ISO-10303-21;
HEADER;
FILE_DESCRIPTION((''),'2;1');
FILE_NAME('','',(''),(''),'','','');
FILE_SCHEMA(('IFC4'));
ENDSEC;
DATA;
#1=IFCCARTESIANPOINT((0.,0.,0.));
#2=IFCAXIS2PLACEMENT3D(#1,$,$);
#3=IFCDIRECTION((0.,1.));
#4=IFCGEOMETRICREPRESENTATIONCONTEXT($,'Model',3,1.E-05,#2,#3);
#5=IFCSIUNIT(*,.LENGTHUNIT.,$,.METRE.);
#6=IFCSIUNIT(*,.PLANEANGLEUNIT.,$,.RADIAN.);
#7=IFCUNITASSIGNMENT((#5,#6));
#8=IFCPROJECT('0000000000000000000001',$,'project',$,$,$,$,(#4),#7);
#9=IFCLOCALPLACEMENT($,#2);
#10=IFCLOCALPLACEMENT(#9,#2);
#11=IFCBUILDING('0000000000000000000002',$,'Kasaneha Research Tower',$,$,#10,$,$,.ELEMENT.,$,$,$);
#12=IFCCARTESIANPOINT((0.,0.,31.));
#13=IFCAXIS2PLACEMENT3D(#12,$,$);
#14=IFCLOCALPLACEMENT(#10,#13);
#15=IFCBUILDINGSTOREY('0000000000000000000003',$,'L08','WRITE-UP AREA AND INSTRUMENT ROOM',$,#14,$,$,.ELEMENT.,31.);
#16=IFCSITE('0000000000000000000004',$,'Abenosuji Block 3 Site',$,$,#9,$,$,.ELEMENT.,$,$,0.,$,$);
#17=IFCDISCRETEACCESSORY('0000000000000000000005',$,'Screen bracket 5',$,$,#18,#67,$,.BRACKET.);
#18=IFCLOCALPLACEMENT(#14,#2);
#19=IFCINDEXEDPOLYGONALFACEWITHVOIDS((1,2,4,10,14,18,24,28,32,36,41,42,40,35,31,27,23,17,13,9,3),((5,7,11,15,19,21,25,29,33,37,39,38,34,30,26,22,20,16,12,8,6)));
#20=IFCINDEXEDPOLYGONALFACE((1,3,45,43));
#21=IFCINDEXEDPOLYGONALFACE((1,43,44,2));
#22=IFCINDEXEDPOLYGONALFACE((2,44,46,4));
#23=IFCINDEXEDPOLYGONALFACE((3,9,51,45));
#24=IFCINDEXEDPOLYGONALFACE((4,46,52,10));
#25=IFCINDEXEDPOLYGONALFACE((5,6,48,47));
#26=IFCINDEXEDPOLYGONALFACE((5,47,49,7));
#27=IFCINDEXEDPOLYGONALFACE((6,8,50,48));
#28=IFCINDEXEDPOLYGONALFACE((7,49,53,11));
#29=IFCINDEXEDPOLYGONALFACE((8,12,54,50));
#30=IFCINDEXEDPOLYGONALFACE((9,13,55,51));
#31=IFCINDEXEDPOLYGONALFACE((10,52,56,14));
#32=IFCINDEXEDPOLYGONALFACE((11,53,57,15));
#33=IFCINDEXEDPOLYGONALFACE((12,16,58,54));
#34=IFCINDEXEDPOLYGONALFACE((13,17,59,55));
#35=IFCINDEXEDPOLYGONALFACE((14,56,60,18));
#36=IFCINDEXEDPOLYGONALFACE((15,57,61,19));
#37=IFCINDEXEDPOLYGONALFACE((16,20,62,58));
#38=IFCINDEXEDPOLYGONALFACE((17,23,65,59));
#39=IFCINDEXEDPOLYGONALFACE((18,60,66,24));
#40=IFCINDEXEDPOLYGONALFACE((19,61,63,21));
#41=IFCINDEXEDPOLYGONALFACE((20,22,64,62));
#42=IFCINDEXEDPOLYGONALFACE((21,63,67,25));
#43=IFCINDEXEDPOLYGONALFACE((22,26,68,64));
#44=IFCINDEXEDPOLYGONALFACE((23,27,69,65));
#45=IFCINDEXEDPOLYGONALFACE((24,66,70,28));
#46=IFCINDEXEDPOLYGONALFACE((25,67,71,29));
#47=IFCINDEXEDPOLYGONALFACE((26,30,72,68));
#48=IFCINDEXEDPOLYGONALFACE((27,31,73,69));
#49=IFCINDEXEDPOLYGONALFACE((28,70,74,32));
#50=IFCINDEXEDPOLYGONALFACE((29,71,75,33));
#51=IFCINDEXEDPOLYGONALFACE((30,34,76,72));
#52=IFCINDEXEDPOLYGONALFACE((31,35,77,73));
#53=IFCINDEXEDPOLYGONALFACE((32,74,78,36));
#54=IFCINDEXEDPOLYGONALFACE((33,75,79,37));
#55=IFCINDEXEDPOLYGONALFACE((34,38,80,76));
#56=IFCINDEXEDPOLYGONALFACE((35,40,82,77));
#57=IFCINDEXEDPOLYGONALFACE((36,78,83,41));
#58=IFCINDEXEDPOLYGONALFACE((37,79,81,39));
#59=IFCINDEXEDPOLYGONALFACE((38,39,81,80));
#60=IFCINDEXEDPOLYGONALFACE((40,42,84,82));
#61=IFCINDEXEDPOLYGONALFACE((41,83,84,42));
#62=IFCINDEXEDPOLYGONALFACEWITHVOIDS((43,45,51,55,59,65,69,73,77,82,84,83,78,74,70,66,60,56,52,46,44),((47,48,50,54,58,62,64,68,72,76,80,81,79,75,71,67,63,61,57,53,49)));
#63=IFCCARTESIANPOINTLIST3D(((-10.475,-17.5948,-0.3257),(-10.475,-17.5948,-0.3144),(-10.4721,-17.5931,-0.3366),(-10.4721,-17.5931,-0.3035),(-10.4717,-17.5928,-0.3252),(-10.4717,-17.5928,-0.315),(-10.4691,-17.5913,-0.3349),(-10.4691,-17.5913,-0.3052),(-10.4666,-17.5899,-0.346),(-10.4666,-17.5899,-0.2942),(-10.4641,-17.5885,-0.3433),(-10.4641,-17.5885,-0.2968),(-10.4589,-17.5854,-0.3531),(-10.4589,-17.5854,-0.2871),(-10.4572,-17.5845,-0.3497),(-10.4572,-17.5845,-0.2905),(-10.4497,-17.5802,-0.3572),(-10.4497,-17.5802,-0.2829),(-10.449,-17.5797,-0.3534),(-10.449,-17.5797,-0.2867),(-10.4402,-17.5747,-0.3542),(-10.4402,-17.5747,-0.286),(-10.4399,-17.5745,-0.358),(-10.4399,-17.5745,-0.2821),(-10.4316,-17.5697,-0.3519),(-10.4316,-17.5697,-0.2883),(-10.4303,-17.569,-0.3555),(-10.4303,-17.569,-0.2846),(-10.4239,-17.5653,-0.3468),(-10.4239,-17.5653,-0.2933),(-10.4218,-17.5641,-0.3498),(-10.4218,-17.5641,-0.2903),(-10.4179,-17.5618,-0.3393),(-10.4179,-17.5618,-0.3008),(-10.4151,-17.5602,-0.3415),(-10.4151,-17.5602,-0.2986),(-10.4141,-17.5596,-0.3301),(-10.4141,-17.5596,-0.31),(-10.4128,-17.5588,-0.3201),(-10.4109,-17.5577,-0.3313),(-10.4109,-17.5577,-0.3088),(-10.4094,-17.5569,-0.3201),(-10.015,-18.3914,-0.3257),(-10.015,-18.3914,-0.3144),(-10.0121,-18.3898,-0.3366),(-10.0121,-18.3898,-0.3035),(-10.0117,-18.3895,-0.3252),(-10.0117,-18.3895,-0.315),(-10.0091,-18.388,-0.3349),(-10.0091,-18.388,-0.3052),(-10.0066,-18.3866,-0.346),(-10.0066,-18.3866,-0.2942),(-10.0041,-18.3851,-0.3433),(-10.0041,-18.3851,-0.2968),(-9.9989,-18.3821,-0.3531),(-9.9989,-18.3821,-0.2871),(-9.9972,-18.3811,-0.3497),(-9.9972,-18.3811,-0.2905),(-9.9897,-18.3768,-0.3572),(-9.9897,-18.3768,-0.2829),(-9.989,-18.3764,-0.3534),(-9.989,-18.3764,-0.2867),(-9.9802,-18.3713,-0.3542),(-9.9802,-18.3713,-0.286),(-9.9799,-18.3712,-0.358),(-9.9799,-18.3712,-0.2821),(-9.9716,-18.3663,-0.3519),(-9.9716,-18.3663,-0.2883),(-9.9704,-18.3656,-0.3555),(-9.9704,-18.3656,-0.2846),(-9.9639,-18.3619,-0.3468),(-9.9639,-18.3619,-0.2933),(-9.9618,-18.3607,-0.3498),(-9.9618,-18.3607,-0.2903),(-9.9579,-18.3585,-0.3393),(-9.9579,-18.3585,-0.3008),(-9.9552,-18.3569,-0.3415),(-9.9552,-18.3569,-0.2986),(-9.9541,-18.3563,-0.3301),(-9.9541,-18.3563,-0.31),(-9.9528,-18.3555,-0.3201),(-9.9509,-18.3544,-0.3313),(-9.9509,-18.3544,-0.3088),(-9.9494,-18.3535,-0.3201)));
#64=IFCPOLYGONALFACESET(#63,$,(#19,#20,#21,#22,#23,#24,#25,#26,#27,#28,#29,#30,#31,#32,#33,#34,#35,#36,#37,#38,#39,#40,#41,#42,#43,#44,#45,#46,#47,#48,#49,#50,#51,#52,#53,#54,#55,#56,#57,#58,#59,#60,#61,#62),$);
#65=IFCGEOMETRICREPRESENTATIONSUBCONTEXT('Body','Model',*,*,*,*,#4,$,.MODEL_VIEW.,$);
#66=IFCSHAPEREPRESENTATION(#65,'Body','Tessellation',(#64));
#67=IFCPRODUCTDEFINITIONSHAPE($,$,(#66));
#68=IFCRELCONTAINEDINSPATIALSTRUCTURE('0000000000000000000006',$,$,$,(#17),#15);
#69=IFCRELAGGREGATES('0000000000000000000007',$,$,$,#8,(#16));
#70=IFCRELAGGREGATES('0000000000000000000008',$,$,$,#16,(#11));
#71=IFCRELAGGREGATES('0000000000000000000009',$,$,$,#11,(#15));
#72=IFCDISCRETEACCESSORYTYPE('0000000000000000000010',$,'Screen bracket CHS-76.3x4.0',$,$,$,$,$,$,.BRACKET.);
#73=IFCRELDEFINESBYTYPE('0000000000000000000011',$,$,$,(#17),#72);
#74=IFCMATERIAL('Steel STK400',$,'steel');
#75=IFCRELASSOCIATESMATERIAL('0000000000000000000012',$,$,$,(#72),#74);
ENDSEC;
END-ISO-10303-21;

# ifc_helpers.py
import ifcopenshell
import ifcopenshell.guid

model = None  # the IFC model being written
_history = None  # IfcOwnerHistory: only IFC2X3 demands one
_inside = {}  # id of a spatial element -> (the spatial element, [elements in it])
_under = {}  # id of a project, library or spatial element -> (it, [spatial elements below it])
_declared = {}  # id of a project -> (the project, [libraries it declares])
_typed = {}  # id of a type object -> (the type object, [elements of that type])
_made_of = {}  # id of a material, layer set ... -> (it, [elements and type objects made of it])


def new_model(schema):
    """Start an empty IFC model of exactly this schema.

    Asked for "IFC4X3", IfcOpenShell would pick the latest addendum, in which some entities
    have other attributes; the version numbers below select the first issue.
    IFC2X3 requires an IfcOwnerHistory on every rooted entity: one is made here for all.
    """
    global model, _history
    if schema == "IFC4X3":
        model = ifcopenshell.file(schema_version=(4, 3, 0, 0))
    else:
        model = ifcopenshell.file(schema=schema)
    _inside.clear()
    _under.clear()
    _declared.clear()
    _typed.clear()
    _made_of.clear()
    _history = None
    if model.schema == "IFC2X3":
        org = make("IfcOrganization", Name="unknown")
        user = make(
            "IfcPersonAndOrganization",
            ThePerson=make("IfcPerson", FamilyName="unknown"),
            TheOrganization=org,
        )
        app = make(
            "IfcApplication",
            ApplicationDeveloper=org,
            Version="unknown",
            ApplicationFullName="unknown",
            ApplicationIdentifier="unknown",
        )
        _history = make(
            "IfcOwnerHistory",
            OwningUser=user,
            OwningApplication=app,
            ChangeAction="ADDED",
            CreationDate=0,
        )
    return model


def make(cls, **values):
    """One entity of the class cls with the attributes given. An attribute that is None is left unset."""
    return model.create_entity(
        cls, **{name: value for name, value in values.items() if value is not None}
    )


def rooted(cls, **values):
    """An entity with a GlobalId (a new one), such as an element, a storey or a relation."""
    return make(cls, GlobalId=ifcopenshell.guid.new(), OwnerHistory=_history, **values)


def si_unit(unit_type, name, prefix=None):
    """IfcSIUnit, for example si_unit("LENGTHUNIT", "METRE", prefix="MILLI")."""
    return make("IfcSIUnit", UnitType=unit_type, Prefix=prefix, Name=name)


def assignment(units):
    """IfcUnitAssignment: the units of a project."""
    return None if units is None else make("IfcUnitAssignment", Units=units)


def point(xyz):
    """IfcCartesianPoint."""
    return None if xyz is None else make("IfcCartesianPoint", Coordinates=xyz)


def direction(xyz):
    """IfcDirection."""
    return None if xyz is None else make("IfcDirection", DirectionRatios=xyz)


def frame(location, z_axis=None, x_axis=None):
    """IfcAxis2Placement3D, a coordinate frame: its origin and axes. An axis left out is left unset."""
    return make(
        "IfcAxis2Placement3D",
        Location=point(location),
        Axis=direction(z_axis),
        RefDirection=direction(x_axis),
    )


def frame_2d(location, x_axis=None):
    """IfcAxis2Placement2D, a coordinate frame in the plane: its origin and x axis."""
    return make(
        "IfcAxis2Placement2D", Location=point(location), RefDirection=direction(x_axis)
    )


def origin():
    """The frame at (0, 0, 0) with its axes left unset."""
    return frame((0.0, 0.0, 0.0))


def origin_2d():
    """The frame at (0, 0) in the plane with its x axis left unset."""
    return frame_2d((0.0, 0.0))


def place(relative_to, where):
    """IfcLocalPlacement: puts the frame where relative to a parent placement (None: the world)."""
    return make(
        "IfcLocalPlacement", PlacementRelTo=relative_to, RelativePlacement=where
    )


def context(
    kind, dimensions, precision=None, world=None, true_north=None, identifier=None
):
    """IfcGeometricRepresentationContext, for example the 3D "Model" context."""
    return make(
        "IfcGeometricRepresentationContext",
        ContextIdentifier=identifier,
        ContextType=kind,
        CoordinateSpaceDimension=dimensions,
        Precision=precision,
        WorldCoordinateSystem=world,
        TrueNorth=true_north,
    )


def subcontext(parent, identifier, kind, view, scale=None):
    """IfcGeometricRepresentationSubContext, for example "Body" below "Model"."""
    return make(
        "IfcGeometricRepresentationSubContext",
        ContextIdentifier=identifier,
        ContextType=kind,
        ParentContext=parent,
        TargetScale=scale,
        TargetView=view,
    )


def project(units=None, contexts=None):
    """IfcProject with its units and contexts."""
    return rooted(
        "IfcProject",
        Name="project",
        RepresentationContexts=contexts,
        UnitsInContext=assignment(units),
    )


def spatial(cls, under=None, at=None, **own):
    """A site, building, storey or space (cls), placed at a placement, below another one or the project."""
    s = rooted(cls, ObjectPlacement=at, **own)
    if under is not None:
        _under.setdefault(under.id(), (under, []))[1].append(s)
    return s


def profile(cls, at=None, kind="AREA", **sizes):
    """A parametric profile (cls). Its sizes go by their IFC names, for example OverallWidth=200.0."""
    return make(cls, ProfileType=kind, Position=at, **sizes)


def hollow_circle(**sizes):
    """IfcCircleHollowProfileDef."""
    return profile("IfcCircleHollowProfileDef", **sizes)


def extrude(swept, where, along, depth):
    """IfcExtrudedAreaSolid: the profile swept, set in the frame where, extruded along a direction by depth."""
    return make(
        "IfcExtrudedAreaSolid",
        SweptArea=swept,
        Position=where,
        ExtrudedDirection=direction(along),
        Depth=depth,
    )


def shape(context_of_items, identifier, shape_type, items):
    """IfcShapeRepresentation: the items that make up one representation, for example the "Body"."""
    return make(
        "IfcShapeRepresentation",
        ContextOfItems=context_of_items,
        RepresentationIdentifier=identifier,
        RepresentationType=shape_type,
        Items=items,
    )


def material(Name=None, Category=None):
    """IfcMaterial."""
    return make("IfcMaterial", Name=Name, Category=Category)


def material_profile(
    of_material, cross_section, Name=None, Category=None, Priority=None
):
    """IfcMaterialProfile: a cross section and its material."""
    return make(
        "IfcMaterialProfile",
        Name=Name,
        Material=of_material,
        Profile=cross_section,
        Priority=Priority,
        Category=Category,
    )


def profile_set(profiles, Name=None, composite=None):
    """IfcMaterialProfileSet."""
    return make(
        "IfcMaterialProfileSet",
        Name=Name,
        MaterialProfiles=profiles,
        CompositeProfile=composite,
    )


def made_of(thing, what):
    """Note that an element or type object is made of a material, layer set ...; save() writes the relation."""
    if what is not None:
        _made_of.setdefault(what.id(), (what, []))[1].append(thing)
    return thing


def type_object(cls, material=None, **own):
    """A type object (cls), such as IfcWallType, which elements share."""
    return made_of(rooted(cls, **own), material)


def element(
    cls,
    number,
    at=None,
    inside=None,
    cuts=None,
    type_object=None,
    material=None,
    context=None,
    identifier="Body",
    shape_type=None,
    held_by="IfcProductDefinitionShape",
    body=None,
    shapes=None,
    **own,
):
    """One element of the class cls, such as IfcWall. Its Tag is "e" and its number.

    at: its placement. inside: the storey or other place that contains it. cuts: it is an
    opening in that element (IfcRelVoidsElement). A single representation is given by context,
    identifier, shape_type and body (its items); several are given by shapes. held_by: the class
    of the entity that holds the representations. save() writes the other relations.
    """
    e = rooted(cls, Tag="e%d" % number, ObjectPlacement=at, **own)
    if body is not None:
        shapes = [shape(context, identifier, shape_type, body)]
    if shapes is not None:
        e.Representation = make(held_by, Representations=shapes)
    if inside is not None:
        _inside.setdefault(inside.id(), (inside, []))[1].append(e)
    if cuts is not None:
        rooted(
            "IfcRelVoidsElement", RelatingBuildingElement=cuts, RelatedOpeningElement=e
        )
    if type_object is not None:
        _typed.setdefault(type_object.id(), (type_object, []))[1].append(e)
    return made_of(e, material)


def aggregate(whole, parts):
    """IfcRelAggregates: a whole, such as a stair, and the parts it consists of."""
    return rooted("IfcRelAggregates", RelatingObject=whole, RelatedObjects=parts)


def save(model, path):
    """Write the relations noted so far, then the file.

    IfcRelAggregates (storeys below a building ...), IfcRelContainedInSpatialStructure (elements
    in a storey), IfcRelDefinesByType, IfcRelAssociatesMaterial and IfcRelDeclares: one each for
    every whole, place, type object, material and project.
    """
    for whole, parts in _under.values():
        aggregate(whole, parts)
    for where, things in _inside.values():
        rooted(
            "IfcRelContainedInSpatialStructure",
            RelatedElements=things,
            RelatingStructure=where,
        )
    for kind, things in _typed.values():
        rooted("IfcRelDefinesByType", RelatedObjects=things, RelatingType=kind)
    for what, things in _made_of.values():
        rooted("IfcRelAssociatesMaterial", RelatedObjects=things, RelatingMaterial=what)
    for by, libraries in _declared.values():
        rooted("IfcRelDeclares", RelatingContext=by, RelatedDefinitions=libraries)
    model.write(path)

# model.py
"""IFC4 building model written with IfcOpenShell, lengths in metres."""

from ifc_helpers import new_model, si_unit, direction, frame, origin, origin_2d, place, context, subcontext, project, spatial, hollow_circle, extrude, material, material_profile, profile_set, type_object, element, save


model = new_model("IFC4")

# Units and contexts
model_context = context("Model", 3, precision=1e-05, world=origin(), true_north=direction((0.0, 1.0)))
body_context = subcontext(model_context, "Body", "Model", "MODEL_VIEW")
ifc_project = project(units=[si_unit("LENGTHUNIT", "METRE"), si_unit("PLANEANGLEUNIT", "RADIAN")], contexts=[model_context])

# Site, building, storey
site_placement = place(None, origin())
site = spatial("IfcSite", under=ifc_project, at=site_placement, Name="Abenosuji Block 3 Site", CompositionType="ELEMENT", RefElevation=0.0)
building_placement = place(site_placement, origin())
building = spatial("IfcBuilding", under=site, at=building_placement, Name="Kasaneha Research Tower", CompositionType="ELEMENT")
storey_placement = place(building_placement, frame((0.0, 0.0, 31.0)))
storey = spatial("IfcBuildingStorey", under=building, at=storey_placement, Name="L08", Description="WRITE-UP AREA AND INSTRUMENT ROOM", CompositionType="ELEMENT", Elevation=31.0)

# Discrete accessory
ifc_material_1 = material(Name="Steel STK400", Category="steel")
ifc_material_profile_1 = material_profile(ifc_material_1, hollow_circle(Radius=0.0381, WallThickness=0.0039, at=origin_2d()), Name="CHS-76.3x4.0")
ifc_profile_set_1 = profile_set([ifc_material_profile_1], Name="Steel STK400")
discrete_accessory_type = type_object("IfcDiscreteAccessoryType", Name="Screen bracket CHS-76.3x4.0", PredefinedType="BRACKET", material=ifc_profile_set_1)
discrete_accessory_1_placement = place(storey_placement, frame((-10.4424, -17.5759, -0.3201), z_axis=(0.500021, -0.866013, 0.0), x_axis=(0.866013, 0.500021, 0.0)))
element("IfcDiscreteAccessory", 1, at=discrete_accessory_1_placement, inside=storey, type_object=discrete_accessory_type, Name="Screen bracket 5", PredefinedType="BRACKET", context=body_context, shape_type="SweptSolid", body=[
    extrude(hollow_circle(Radius=0.0381, WallThickness=0.0039, at=origin_2d()), origin(), (0.0, 0.0, 1.0), 0.9199),
])

save(model, "model.ifc")
